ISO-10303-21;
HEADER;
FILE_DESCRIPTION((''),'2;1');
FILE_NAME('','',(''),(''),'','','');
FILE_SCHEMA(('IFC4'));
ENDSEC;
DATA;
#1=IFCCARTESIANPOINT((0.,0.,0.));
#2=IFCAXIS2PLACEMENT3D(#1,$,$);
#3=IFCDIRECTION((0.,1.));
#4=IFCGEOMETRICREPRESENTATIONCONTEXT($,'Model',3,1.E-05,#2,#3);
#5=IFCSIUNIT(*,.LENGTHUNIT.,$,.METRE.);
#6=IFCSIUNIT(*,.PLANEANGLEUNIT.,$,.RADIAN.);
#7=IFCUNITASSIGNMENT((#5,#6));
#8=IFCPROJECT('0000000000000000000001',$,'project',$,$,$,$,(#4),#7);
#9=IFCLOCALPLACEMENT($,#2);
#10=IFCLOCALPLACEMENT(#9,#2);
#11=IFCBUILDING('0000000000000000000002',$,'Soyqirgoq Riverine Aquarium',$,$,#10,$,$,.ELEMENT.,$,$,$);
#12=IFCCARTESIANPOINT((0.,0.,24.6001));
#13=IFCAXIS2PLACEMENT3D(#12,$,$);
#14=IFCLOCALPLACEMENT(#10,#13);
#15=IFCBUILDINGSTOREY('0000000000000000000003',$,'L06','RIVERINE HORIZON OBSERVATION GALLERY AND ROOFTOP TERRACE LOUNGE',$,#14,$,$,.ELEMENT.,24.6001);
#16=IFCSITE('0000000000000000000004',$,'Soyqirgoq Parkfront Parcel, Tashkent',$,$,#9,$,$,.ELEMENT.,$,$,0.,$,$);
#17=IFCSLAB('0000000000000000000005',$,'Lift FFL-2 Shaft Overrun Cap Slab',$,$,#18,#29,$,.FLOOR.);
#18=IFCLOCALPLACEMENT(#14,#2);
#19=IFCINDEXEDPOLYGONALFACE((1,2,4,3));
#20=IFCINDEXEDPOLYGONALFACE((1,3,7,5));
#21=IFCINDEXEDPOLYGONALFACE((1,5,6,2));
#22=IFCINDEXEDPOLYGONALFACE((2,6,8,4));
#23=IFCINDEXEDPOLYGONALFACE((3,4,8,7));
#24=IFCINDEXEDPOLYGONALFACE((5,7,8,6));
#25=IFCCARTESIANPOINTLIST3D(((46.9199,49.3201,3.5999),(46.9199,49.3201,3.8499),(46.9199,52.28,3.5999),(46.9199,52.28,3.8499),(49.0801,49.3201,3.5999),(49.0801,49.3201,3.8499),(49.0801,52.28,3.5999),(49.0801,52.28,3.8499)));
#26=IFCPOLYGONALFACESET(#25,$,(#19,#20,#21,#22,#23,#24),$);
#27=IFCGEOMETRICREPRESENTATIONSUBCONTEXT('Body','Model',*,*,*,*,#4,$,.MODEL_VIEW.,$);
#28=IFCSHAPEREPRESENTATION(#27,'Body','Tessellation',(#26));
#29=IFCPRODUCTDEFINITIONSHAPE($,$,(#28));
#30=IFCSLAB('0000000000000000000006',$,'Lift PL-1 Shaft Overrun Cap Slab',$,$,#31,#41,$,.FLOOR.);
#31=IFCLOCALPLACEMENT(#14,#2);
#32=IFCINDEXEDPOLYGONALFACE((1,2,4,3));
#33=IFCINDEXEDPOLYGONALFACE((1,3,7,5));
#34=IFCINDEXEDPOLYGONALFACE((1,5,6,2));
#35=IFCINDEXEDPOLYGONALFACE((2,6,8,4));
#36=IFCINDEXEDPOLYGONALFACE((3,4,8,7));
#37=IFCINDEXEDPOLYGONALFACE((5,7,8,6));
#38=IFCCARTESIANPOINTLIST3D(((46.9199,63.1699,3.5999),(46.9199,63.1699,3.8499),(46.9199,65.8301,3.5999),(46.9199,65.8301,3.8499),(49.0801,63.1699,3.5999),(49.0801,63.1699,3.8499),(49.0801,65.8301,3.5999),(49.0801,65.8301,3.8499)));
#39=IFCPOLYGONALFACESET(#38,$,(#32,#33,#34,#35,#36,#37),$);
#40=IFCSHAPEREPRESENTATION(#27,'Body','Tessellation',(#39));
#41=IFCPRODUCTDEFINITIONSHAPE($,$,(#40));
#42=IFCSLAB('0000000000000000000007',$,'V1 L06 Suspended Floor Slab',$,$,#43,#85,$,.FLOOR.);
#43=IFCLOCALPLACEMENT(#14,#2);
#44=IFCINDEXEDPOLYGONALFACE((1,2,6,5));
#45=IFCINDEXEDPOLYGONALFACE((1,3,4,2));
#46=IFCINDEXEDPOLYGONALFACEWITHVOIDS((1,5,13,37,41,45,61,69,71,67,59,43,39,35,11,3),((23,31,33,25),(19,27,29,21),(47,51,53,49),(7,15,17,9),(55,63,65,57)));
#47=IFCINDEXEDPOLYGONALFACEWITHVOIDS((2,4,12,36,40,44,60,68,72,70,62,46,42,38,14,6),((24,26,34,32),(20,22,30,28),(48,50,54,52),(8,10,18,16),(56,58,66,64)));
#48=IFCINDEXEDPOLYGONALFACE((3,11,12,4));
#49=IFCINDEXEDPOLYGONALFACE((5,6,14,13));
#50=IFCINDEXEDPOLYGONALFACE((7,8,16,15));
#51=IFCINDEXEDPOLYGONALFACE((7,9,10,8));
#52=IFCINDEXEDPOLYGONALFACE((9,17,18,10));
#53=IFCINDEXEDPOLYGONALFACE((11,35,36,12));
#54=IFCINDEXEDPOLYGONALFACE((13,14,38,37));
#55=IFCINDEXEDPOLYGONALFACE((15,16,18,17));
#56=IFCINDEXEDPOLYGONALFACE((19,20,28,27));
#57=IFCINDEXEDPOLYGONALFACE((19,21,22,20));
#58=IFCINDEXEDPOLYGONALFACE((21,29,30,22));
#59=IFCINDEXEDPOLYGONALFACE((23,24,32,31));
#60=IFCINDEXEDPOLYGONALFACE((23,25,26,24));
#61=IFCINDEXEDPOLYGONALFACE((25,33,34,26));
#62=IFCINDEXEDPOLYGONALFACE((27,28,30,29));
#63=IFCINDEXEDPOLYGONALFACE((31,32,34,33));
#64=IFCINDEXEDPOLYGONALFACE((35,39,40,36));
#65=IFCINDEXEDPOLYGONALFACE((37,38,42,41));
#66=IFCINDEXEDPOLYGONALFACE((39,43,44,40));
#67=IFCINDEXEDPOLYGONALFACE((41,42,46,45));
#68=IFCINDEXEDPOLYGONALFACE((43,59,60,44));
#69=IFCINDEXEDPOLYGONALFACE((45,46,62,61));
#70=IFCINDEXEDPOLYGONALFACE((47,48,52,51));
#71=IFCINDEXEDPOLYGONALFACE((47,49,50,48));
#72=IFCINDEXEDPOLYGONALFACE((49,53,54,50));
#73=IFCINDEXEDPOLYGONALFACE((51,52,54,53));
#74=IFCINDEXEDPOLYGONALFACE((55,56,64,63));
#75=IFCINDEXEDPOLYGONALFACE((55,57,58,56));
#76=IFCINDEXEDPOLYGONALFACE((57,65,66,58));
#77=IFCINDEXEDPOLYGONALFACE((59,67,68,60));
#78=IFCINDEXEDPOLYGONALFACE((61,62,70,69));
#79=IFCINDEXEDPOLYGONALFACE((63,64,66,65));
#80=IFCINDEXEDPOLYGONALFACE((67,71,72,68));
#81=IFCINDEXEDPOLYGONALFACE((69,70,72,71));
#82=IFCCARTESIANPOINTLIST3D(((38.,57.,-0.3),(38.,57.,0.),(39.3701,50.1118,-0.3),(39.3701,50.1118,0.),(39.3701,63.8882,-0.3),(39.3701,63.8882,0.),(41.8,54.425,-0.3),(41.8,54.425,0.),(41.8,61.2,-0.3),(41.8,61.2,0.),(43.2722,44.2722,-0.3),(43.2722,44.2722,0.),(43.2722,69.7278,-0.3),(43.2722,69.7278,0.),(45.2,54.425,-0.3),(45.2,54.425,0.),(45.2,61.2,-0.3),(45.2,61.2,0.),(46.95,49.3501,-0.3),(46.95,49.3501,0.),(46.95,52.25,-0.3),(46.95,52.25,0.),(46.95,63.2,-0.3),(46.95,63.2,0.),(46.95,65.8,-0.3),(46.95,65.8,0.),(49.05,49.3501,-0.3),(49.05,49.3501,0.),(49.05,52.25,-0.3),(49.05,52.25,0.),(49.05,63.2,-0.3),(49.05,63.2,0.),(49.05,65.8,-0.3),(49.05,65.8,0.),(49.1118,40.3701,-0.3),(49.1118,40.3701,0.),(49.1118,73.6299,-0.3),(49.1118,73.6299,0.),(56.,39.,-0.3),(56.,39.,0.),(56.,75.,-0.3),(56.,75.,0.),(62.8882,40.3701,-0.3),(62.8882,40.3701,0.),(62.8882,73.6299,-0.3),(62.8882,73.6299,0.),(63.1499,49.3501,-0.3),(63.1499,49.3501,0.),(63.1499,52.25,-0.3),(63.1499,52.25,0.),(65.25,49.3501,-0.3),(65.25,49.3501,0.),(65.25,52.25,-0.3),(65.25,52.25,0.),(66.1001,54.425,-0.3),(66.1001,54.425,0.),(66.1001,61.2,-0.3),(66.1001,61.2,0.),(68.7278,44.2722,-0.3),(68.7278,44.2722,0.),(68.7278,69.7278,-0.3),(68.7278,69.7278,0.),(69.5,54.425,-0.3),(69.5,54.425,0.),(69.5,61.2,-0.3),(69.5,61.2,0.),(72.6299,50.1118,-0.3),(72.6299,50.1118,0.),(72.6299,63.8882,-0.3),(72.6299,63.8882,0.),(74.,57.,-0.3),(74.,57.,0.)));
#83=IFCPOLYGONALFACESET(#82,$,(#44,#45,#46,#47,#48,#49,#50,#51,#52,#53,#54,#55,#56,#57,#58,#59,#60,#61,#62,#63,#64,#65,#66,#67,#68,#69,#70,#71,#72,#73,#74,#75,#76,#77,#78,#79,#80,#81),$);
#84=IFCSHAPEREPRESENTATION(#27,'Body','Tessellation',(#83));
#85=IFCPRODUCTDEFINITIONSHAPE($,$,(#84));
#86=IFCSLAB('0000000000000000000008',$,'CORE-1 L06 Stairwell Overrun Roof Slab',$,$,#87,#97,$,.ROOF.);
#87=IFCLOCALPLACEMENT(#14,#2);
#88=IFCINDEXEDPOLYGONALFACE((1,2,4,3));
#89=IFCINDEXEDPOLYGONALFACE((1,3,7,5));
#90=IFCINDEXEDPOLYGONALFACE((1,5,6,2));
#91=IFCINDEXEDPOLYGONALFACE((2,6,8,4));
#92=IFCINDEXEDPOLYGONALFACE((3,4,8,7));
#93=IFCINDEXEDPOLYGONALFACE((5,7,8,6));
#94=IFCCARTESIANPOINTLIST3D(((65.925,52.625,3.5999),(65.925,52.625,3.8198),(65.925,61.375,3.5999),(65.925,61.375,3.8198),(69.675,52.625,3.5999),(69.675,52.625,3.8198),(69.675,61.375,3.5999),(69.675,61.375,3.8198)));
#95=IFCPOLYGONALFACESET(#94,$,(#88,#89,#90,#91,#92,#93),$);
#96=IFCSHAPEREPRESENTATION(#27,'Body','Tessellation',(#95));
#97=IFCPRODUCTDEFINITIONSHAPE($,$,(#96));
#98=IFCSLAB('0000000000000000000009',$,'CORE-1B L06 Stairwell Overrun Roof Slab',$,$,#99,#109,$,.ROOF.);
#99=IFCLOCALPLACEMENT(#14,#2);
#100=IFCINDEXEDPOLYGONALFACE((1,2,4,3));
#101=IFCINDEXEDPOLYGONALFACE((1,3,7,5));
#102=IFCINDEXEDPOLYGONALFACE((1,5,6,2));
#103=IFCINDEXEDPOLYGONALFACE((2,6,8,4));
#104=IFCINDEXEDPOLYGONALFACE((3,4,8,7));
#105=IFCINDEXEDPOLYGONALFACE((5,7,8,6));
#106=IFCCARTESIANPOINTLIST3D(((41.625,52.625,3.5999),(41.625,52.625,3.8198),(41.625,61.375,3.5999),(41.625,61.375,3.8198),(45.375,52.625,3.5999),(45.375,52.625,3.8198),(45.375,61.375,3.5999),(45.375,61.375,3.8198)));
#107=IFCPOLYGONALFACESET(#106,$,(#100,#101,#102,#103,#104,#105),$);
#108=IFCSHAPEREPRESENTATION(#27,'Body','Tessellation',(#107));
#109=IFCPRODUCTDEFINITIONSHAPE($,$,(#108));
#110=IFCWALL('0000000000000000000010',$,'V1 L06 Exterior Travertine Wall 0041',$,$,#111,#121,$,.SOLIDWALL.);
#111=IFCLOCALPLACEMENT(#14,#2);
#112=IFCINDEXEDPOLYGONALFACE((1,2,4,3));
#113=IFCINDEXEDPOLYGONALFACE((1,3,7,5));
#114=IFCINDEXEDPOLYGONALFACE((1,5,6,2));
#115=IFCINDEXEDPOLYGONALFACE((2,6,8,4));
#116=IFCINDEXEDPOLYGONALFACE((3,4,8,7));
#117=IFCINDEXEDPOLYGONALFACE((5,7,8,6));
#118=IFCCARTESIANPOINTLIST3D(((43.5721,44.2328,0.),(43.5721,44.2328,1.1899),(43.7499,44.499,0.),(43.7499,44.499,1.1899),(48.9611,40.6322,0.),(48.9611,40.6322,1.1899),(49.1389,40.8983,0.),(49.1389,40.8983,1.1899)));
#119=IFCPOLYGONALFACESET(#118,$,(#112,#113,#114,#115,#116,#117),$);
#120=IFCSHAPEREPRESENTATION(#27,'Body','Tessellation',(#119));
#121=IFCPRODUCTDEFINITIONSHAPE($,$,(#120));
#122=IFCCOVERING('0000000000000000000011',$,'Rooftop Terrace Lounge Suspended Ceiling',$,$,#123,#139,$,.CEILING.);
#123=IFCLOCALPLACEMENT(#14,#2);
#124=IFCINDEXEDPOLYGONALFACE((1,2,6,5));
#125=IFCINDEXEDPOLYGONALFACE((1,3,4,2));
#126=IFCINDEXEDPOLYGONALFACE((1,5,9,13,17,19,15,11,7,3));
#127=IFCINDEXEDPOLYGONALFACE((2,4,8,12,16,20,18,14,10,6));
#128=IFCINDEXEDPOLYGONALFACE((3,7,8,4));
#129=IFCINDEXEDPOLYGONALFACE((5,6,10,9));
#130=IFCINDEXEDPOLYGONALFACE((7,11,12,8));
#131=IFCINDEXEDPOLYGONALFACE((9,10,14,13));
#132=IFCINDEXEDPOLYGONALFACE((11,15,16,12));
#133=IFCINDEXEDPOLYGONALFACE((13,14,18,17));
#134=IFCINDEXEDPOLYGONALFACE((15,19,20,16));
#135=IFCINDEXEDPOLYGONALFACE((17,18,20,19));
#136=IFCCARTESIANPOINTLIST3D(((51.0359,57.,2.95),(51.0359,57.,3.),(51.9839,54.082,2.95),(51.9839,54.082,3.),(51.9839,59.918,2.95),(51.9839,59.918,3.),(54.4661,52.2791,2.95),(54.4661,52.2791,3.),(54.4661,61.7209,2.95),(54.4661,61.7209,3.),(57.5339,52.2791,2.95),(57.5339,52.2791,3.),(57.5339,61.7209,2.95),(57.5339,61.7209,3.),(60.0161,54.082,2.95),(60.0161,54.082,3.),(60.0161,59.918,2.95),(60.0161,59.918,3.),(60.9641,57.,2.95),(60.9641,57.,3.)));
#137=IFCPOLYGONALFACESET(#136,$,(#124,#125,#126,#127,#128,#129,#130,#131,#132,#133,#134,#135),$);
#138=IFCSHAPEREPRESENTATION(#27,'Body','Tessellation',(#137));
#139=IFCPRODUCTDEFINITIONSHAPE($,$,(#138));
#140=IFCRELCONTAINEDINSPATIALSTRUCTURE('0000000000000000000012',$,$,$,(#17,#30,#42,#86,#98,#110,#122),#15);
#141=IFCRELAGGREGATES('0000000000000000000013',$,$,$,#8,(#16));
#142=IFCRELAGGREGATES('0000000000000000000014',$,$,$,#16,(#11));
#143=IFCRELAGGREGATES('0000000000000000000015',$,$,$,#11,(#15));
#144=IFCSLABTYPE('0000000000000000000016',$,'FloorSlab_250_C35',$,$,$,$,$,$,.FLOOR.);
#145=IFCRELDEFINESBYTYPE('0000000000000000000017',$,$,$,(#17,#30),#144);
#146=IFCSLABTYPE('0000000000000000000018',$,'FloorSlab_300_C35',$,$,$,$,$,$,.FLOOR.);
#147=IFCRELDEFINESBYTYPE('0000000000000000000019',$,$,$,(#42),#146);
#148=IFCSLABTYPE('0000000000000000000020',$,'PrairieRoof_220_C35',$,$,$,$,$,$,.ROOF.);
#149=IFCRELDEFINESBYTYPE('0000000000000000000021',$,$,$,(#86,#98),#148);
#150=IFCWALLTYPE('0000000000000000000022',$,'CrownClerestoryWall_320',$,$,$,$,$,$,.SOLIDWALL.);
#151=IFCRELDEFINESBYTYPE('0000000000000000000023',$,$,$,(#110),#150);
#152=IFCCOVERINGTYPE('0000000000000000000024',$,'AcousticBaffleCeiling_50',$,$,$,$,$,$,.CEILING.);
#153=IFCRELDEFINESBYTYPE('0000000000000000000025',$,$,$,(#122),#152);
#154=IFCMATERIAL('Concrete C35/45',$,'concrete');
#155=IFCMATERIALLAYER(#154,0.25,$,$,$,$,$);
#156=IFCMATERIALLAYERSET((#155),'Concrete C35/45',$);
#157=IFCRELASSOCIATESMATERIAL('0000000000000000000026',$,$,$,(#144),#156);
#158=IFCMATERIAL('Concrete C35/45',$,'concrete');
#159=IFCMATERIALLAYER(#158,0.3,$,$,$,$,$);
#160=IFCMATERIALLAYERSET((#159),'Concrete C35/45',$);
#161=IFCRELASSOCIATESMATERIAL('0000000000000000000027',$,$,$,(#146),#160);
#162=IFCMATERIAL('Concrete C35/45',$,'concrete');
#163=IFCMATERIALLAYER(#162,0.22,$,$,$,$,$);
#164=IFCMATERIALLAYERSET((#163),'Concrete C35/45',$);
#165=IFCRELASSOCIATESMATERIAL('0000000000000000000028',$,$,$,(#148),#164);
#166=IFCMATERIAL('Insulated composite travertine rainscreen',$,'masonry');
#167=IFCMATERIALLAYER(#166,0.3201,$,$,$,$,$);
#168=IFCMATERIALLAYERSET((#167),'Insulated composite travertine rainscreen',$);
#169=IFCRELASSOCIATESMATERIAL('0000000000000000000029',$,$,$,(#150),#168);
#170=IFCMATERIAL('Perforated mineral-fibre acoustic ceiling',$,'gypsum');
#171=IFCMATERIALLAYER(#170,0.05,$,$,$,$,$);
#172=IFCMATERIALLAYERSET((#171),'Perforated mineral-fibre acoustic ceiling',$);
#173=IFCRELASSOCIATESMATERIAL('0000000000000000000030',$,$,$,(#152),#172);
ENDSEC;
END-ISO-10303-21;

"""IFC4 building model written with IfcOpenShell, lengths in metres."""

from ifc_helpers import new_model, si_unit, direction, frame, frame_2d, origin, place, context, subcontext, project, spatial, polyline, rectangle, outline, extrude, material, layer, layer_set, type_object, element, save


model = new_model("IFC4")

# Units and contexts
model_context = context("Model", 3, precision=1e-05, world=origin(), true_north=direction((0.0, 1.0)))
body_context = subcontext(model_context, "Body", "Model", "MODEL_VIEW")
ifc_project = project(units=[si_unit("LENGTHUNIT", "METRE"), si_unit("PLANEANGLEUNIT", "RADIAN")], contexts=[model_context])

# Site, building, storey
site_placement = place(None, origin())
site = spatial("IfcSite", under=ifc_project, at=site_placement, Name="Soyqirgoq Parkfront Parcel, Tashkent", CompositionType="ELEMENT", RefElevation=0.0)
building_placement = place(site_placement, origin())
building = spatial("IfcBuilding", under=site, at=building_placement, Name="Soyqirgoq Riverine Aquarium", CompositionType="ELEMENT")
storey_placement = place(building_placement, frame((0.0, 0.0, 24.6001)))
storey = spatial("IfcBuildingStorey", under=building, at=storey_placement, Name="L06", Description="RIVERINE HORIZON OBSERVATION GALLERY AND ROOFTOP TERRACE LOUNGE", CompositionType="ELEMENT", Elevation=24.6001)

# Slabs
ifc_material_1 = material(Name="Concrete C35/45", Category="concrete")
ifc_layer_1 = layer(ifc_material_1, 0.25)
ifc_layer_set_1 = layer_set([ifc_layer_1], Name="Concrete C35/45")
slab_type_1 = type_object("IfcSlabType", Name="FloorSlab_250_C35", PredefinedType="FLOOR", material=ifc_layer_set_1)
slab_1_placement = place(storey_placement, frame((0.0, 0.0, 3.5999)))
element("IfcSlab", 1, at=slab_1_placement, inside=storey, type_object=slab_type_1, Name="Lift FFL-2 Shaft Overrun Cap Slab", PredefinedType="FLOOR", context=body_context, shape_type="SweptSolid", body=[
    extrude(outline(polyline([(46.9199, 49.3201), (49.0801, 49.3201), (49.0801, 52.28), (46.9199, 52.28), (46.9199, 49.3201)])), origin(), (0.0, 0.0, 1.0), 0.25),
])
slab_2_placement = place(storey_placement, frame((0.0, 0.0, 3.5999)))
element("IfcSlab", 2, at=slab_2_placement, inside=storey, type_object=slab_type_1, Name="Lift PL-1 Shaft Overrun Cap Slab", PredefinedType="FLOOR", context=body_context, shape_type="SweptSolid", body=[
    extrude(outline(polyline([(46.9199, 63.1699), (49.0801, 63.1699), (49.0801, 65.8301), (46.9199, 65.8301), (46.9199, 63.1699)])), origin(), (0.0, 0.0, 1.0), 0.25),
])
ifc_material_2 = material(Name="Concrete C35/45", Category="concrete")
ifc_layer_2 = layer(ifc_material_2, 0.3)
ifc_layer_set_2 = layer_set([ifc_layer_2], Name="Concrete C35/45")
slab_type_2 = type_object("IfcSlabType", Name="FloorSlab_300_C35", PredefinedType="FLOOR", material=ifc_layer_set_2)
slab_3_placement = place(storey_placement, frame((0.0, 0.0, -0.3)))
element("IfcSlab", 3, at=slab_3_placement, inside=storey, type_object=slab_type_2, Name="V1 L06 Suspended Floor Slab", PredefinedType="FLOOR", context=body_context, shape_type="SweptSolid", body=[
    extrude(outline(polyline([(74.0, 57.0), (72.6299, 63.8882), (68.7278, 69.7278), (62.8882, 73.6299), (56.0, 75.0), (49.1118, 73.6299), (43.2722, 69.7278), (39.3701, 63.8882), (38.0, 57.0), (39.3701, 50.1118), (43.2722, 44.2722), (49.1118, 40.3701), (56.0, 39.0), (62.8882, 40.3701), (68.7278, 44.2722), (72.6299, 50.1118), (74.0, 57.0)]), holes=[polyline([(69.5, 54.425), (69.5, 61.2), (66.1001, 61.2), (66.1001, 54.425), (69.5, 54.425)]), polyline([(63.1499, 49.3501), (65.25, 49.3501), (65.25, 52.25), (63.1499, 52.25), (63.1499, 49.3501)]), polyline([(45.2, 54.425), (45.2, 61.2), (41.8, 61.2), (41.8, 54.425), (45.2, 54.425)]), polyline([(46.95, 49.3501), (49.05, 49.3501), (49.05, 52.25), (46.95, 52.25), (46.95, 49.3501)]), polyline([(46.95, 63.2), (49.05, 63.2), (49.05, 65.8), (46.95, 65.8), (46.95, 63.2)])]), origin(), (0.0, 0.0, 1.0), 0.3),
])
ifc_material_3 = material(Name="Concrete C35/45", Category="concrete")
ifc_layer_3 = layer(ifc_material_3, 0.22)
ifc_layer_set_3 = layer_set([ifc_layer_3], Name="Concrete C35/45")
slab_type_3 = type_object("IfcSlabType", Name="PrairieRoof_220_C35", PredefinedType="ROOF", material=ifc_layer_set_3)
slab_4_placement = place(storey_placement, frame((0.0, 0.0, 3.5999)))
element("IfcSlab", 4, at=slab_4_placement, inside=storey, type_object=slab_type_3, Name="CORE-1 L06 Stairwell Overrun Roof Slab", PredefinedType="ROOF", context=body_context, shape_type="SweptSolid", body=[
    extrude(outline(polyline([(69.675, 52.625), (69.675, 61.375), (65.925, 61.375), (65.925, 52.625), (69.675, 52.625)])), origin(), (0.0, 0.0, 1.0), 0.22),
])
slab_5_placement = place(storey_placement, frame((0.0, 0.0, 3.5999)))
element("IfcSlab", 5, at=slab_5_placement, inside=storey, type_object=slab_type_3, Name="CORE-1B L06 Stairwell Overrun Roof Slab", PredefinedType="ROOF", context=body_context, shape_type="SweptSolid", body=[
    extrude(outline(polyline([(45.375, 52.625), (45.375, 61.375), (41.625, 61.375), (41.625, 52.625), (45.375, 52.625)])), origin(), (0.0, 0.0, 1.0), 0.22),
])

# Wall
ifc_material_4 = material(Name="Insulated composite travertine rainscreen", Category="masonry")
ifc_layer_4 = layer(ifc_material_4, 0.3201)
ifc_layer_set_4 = layer_set([ifc_layer_4], Name="Insulated composite travertine rainscreen")
wall_type = type_object("IfcWallType", Name="CrownClerestoryWall_320", PredefinedType="SOLIDWALL", material=ifc_layer_set_4)
wall_placement = place(storey_placement, frame((43.6609, 44.366, 0.0), z_axis=(0.0, 0.0, 1.0), x_axis=(0.831482, -0.555552, 0.0)))
element("IfcWall", 6, at=wall_placement, inside=storey, type_object=wall_type, Name="V1 L06 Exterior Travertine Wall 0041", PredefinedType="SOLIDWALL", context=body_context, shape_type="SweptSolid", body=[
    extrude(rectangle(XDim=6.4812, YDim=0.3201, at=frame_2d((3.2407, 0.0))), origin(), (0.0, 0.0, 1.0), 1.1899),
])

# Covering
ifc_material_5 = material(Name="Perforated mineral-fibre acoustic ceiling", Category="gypsum")
ifc_layer_5 = layer(ifc_material_5, 0.05)
ifc_layer_set_5 = layer_set([ifc_layer_5], Name="Perforated mineral-fibre acoustic ceiling")
covering_type_1 = type_object("IfcCoveringType", Name="AcousticBaffleCeiling_50", PredefinedType="CEILING", material=ifc_layer_set_5)
covering_1_placement = place(storey_placement, frame((0.0, 0.0, 2.95)))
element("IfcCovering", 7, at=covering_1_placement, inside=storey, type_object=covering_type_1, Name="Rooftop Terrace Lounge Suspended Ceiling", PredefinedType="CEILING", context=body_context, shape_type="SweptSolid", body=[
    extrude(outline(polyline([(57.5339, 52.2791), (54.4661, 52.2791), (51.9839, 54.082), (51.0359, 57.0), (51.9839, 59.918), (54.4661, 61.7209), (57.5339, 61.7209), (60.0161, 59.918), (60.9641, 57.0), (60.0161, 54.082), (57.5339, 52.2791)])), origin(), (0.0, 0.0, 1.0), 0.05),
])

save(model, "model.ifc")
